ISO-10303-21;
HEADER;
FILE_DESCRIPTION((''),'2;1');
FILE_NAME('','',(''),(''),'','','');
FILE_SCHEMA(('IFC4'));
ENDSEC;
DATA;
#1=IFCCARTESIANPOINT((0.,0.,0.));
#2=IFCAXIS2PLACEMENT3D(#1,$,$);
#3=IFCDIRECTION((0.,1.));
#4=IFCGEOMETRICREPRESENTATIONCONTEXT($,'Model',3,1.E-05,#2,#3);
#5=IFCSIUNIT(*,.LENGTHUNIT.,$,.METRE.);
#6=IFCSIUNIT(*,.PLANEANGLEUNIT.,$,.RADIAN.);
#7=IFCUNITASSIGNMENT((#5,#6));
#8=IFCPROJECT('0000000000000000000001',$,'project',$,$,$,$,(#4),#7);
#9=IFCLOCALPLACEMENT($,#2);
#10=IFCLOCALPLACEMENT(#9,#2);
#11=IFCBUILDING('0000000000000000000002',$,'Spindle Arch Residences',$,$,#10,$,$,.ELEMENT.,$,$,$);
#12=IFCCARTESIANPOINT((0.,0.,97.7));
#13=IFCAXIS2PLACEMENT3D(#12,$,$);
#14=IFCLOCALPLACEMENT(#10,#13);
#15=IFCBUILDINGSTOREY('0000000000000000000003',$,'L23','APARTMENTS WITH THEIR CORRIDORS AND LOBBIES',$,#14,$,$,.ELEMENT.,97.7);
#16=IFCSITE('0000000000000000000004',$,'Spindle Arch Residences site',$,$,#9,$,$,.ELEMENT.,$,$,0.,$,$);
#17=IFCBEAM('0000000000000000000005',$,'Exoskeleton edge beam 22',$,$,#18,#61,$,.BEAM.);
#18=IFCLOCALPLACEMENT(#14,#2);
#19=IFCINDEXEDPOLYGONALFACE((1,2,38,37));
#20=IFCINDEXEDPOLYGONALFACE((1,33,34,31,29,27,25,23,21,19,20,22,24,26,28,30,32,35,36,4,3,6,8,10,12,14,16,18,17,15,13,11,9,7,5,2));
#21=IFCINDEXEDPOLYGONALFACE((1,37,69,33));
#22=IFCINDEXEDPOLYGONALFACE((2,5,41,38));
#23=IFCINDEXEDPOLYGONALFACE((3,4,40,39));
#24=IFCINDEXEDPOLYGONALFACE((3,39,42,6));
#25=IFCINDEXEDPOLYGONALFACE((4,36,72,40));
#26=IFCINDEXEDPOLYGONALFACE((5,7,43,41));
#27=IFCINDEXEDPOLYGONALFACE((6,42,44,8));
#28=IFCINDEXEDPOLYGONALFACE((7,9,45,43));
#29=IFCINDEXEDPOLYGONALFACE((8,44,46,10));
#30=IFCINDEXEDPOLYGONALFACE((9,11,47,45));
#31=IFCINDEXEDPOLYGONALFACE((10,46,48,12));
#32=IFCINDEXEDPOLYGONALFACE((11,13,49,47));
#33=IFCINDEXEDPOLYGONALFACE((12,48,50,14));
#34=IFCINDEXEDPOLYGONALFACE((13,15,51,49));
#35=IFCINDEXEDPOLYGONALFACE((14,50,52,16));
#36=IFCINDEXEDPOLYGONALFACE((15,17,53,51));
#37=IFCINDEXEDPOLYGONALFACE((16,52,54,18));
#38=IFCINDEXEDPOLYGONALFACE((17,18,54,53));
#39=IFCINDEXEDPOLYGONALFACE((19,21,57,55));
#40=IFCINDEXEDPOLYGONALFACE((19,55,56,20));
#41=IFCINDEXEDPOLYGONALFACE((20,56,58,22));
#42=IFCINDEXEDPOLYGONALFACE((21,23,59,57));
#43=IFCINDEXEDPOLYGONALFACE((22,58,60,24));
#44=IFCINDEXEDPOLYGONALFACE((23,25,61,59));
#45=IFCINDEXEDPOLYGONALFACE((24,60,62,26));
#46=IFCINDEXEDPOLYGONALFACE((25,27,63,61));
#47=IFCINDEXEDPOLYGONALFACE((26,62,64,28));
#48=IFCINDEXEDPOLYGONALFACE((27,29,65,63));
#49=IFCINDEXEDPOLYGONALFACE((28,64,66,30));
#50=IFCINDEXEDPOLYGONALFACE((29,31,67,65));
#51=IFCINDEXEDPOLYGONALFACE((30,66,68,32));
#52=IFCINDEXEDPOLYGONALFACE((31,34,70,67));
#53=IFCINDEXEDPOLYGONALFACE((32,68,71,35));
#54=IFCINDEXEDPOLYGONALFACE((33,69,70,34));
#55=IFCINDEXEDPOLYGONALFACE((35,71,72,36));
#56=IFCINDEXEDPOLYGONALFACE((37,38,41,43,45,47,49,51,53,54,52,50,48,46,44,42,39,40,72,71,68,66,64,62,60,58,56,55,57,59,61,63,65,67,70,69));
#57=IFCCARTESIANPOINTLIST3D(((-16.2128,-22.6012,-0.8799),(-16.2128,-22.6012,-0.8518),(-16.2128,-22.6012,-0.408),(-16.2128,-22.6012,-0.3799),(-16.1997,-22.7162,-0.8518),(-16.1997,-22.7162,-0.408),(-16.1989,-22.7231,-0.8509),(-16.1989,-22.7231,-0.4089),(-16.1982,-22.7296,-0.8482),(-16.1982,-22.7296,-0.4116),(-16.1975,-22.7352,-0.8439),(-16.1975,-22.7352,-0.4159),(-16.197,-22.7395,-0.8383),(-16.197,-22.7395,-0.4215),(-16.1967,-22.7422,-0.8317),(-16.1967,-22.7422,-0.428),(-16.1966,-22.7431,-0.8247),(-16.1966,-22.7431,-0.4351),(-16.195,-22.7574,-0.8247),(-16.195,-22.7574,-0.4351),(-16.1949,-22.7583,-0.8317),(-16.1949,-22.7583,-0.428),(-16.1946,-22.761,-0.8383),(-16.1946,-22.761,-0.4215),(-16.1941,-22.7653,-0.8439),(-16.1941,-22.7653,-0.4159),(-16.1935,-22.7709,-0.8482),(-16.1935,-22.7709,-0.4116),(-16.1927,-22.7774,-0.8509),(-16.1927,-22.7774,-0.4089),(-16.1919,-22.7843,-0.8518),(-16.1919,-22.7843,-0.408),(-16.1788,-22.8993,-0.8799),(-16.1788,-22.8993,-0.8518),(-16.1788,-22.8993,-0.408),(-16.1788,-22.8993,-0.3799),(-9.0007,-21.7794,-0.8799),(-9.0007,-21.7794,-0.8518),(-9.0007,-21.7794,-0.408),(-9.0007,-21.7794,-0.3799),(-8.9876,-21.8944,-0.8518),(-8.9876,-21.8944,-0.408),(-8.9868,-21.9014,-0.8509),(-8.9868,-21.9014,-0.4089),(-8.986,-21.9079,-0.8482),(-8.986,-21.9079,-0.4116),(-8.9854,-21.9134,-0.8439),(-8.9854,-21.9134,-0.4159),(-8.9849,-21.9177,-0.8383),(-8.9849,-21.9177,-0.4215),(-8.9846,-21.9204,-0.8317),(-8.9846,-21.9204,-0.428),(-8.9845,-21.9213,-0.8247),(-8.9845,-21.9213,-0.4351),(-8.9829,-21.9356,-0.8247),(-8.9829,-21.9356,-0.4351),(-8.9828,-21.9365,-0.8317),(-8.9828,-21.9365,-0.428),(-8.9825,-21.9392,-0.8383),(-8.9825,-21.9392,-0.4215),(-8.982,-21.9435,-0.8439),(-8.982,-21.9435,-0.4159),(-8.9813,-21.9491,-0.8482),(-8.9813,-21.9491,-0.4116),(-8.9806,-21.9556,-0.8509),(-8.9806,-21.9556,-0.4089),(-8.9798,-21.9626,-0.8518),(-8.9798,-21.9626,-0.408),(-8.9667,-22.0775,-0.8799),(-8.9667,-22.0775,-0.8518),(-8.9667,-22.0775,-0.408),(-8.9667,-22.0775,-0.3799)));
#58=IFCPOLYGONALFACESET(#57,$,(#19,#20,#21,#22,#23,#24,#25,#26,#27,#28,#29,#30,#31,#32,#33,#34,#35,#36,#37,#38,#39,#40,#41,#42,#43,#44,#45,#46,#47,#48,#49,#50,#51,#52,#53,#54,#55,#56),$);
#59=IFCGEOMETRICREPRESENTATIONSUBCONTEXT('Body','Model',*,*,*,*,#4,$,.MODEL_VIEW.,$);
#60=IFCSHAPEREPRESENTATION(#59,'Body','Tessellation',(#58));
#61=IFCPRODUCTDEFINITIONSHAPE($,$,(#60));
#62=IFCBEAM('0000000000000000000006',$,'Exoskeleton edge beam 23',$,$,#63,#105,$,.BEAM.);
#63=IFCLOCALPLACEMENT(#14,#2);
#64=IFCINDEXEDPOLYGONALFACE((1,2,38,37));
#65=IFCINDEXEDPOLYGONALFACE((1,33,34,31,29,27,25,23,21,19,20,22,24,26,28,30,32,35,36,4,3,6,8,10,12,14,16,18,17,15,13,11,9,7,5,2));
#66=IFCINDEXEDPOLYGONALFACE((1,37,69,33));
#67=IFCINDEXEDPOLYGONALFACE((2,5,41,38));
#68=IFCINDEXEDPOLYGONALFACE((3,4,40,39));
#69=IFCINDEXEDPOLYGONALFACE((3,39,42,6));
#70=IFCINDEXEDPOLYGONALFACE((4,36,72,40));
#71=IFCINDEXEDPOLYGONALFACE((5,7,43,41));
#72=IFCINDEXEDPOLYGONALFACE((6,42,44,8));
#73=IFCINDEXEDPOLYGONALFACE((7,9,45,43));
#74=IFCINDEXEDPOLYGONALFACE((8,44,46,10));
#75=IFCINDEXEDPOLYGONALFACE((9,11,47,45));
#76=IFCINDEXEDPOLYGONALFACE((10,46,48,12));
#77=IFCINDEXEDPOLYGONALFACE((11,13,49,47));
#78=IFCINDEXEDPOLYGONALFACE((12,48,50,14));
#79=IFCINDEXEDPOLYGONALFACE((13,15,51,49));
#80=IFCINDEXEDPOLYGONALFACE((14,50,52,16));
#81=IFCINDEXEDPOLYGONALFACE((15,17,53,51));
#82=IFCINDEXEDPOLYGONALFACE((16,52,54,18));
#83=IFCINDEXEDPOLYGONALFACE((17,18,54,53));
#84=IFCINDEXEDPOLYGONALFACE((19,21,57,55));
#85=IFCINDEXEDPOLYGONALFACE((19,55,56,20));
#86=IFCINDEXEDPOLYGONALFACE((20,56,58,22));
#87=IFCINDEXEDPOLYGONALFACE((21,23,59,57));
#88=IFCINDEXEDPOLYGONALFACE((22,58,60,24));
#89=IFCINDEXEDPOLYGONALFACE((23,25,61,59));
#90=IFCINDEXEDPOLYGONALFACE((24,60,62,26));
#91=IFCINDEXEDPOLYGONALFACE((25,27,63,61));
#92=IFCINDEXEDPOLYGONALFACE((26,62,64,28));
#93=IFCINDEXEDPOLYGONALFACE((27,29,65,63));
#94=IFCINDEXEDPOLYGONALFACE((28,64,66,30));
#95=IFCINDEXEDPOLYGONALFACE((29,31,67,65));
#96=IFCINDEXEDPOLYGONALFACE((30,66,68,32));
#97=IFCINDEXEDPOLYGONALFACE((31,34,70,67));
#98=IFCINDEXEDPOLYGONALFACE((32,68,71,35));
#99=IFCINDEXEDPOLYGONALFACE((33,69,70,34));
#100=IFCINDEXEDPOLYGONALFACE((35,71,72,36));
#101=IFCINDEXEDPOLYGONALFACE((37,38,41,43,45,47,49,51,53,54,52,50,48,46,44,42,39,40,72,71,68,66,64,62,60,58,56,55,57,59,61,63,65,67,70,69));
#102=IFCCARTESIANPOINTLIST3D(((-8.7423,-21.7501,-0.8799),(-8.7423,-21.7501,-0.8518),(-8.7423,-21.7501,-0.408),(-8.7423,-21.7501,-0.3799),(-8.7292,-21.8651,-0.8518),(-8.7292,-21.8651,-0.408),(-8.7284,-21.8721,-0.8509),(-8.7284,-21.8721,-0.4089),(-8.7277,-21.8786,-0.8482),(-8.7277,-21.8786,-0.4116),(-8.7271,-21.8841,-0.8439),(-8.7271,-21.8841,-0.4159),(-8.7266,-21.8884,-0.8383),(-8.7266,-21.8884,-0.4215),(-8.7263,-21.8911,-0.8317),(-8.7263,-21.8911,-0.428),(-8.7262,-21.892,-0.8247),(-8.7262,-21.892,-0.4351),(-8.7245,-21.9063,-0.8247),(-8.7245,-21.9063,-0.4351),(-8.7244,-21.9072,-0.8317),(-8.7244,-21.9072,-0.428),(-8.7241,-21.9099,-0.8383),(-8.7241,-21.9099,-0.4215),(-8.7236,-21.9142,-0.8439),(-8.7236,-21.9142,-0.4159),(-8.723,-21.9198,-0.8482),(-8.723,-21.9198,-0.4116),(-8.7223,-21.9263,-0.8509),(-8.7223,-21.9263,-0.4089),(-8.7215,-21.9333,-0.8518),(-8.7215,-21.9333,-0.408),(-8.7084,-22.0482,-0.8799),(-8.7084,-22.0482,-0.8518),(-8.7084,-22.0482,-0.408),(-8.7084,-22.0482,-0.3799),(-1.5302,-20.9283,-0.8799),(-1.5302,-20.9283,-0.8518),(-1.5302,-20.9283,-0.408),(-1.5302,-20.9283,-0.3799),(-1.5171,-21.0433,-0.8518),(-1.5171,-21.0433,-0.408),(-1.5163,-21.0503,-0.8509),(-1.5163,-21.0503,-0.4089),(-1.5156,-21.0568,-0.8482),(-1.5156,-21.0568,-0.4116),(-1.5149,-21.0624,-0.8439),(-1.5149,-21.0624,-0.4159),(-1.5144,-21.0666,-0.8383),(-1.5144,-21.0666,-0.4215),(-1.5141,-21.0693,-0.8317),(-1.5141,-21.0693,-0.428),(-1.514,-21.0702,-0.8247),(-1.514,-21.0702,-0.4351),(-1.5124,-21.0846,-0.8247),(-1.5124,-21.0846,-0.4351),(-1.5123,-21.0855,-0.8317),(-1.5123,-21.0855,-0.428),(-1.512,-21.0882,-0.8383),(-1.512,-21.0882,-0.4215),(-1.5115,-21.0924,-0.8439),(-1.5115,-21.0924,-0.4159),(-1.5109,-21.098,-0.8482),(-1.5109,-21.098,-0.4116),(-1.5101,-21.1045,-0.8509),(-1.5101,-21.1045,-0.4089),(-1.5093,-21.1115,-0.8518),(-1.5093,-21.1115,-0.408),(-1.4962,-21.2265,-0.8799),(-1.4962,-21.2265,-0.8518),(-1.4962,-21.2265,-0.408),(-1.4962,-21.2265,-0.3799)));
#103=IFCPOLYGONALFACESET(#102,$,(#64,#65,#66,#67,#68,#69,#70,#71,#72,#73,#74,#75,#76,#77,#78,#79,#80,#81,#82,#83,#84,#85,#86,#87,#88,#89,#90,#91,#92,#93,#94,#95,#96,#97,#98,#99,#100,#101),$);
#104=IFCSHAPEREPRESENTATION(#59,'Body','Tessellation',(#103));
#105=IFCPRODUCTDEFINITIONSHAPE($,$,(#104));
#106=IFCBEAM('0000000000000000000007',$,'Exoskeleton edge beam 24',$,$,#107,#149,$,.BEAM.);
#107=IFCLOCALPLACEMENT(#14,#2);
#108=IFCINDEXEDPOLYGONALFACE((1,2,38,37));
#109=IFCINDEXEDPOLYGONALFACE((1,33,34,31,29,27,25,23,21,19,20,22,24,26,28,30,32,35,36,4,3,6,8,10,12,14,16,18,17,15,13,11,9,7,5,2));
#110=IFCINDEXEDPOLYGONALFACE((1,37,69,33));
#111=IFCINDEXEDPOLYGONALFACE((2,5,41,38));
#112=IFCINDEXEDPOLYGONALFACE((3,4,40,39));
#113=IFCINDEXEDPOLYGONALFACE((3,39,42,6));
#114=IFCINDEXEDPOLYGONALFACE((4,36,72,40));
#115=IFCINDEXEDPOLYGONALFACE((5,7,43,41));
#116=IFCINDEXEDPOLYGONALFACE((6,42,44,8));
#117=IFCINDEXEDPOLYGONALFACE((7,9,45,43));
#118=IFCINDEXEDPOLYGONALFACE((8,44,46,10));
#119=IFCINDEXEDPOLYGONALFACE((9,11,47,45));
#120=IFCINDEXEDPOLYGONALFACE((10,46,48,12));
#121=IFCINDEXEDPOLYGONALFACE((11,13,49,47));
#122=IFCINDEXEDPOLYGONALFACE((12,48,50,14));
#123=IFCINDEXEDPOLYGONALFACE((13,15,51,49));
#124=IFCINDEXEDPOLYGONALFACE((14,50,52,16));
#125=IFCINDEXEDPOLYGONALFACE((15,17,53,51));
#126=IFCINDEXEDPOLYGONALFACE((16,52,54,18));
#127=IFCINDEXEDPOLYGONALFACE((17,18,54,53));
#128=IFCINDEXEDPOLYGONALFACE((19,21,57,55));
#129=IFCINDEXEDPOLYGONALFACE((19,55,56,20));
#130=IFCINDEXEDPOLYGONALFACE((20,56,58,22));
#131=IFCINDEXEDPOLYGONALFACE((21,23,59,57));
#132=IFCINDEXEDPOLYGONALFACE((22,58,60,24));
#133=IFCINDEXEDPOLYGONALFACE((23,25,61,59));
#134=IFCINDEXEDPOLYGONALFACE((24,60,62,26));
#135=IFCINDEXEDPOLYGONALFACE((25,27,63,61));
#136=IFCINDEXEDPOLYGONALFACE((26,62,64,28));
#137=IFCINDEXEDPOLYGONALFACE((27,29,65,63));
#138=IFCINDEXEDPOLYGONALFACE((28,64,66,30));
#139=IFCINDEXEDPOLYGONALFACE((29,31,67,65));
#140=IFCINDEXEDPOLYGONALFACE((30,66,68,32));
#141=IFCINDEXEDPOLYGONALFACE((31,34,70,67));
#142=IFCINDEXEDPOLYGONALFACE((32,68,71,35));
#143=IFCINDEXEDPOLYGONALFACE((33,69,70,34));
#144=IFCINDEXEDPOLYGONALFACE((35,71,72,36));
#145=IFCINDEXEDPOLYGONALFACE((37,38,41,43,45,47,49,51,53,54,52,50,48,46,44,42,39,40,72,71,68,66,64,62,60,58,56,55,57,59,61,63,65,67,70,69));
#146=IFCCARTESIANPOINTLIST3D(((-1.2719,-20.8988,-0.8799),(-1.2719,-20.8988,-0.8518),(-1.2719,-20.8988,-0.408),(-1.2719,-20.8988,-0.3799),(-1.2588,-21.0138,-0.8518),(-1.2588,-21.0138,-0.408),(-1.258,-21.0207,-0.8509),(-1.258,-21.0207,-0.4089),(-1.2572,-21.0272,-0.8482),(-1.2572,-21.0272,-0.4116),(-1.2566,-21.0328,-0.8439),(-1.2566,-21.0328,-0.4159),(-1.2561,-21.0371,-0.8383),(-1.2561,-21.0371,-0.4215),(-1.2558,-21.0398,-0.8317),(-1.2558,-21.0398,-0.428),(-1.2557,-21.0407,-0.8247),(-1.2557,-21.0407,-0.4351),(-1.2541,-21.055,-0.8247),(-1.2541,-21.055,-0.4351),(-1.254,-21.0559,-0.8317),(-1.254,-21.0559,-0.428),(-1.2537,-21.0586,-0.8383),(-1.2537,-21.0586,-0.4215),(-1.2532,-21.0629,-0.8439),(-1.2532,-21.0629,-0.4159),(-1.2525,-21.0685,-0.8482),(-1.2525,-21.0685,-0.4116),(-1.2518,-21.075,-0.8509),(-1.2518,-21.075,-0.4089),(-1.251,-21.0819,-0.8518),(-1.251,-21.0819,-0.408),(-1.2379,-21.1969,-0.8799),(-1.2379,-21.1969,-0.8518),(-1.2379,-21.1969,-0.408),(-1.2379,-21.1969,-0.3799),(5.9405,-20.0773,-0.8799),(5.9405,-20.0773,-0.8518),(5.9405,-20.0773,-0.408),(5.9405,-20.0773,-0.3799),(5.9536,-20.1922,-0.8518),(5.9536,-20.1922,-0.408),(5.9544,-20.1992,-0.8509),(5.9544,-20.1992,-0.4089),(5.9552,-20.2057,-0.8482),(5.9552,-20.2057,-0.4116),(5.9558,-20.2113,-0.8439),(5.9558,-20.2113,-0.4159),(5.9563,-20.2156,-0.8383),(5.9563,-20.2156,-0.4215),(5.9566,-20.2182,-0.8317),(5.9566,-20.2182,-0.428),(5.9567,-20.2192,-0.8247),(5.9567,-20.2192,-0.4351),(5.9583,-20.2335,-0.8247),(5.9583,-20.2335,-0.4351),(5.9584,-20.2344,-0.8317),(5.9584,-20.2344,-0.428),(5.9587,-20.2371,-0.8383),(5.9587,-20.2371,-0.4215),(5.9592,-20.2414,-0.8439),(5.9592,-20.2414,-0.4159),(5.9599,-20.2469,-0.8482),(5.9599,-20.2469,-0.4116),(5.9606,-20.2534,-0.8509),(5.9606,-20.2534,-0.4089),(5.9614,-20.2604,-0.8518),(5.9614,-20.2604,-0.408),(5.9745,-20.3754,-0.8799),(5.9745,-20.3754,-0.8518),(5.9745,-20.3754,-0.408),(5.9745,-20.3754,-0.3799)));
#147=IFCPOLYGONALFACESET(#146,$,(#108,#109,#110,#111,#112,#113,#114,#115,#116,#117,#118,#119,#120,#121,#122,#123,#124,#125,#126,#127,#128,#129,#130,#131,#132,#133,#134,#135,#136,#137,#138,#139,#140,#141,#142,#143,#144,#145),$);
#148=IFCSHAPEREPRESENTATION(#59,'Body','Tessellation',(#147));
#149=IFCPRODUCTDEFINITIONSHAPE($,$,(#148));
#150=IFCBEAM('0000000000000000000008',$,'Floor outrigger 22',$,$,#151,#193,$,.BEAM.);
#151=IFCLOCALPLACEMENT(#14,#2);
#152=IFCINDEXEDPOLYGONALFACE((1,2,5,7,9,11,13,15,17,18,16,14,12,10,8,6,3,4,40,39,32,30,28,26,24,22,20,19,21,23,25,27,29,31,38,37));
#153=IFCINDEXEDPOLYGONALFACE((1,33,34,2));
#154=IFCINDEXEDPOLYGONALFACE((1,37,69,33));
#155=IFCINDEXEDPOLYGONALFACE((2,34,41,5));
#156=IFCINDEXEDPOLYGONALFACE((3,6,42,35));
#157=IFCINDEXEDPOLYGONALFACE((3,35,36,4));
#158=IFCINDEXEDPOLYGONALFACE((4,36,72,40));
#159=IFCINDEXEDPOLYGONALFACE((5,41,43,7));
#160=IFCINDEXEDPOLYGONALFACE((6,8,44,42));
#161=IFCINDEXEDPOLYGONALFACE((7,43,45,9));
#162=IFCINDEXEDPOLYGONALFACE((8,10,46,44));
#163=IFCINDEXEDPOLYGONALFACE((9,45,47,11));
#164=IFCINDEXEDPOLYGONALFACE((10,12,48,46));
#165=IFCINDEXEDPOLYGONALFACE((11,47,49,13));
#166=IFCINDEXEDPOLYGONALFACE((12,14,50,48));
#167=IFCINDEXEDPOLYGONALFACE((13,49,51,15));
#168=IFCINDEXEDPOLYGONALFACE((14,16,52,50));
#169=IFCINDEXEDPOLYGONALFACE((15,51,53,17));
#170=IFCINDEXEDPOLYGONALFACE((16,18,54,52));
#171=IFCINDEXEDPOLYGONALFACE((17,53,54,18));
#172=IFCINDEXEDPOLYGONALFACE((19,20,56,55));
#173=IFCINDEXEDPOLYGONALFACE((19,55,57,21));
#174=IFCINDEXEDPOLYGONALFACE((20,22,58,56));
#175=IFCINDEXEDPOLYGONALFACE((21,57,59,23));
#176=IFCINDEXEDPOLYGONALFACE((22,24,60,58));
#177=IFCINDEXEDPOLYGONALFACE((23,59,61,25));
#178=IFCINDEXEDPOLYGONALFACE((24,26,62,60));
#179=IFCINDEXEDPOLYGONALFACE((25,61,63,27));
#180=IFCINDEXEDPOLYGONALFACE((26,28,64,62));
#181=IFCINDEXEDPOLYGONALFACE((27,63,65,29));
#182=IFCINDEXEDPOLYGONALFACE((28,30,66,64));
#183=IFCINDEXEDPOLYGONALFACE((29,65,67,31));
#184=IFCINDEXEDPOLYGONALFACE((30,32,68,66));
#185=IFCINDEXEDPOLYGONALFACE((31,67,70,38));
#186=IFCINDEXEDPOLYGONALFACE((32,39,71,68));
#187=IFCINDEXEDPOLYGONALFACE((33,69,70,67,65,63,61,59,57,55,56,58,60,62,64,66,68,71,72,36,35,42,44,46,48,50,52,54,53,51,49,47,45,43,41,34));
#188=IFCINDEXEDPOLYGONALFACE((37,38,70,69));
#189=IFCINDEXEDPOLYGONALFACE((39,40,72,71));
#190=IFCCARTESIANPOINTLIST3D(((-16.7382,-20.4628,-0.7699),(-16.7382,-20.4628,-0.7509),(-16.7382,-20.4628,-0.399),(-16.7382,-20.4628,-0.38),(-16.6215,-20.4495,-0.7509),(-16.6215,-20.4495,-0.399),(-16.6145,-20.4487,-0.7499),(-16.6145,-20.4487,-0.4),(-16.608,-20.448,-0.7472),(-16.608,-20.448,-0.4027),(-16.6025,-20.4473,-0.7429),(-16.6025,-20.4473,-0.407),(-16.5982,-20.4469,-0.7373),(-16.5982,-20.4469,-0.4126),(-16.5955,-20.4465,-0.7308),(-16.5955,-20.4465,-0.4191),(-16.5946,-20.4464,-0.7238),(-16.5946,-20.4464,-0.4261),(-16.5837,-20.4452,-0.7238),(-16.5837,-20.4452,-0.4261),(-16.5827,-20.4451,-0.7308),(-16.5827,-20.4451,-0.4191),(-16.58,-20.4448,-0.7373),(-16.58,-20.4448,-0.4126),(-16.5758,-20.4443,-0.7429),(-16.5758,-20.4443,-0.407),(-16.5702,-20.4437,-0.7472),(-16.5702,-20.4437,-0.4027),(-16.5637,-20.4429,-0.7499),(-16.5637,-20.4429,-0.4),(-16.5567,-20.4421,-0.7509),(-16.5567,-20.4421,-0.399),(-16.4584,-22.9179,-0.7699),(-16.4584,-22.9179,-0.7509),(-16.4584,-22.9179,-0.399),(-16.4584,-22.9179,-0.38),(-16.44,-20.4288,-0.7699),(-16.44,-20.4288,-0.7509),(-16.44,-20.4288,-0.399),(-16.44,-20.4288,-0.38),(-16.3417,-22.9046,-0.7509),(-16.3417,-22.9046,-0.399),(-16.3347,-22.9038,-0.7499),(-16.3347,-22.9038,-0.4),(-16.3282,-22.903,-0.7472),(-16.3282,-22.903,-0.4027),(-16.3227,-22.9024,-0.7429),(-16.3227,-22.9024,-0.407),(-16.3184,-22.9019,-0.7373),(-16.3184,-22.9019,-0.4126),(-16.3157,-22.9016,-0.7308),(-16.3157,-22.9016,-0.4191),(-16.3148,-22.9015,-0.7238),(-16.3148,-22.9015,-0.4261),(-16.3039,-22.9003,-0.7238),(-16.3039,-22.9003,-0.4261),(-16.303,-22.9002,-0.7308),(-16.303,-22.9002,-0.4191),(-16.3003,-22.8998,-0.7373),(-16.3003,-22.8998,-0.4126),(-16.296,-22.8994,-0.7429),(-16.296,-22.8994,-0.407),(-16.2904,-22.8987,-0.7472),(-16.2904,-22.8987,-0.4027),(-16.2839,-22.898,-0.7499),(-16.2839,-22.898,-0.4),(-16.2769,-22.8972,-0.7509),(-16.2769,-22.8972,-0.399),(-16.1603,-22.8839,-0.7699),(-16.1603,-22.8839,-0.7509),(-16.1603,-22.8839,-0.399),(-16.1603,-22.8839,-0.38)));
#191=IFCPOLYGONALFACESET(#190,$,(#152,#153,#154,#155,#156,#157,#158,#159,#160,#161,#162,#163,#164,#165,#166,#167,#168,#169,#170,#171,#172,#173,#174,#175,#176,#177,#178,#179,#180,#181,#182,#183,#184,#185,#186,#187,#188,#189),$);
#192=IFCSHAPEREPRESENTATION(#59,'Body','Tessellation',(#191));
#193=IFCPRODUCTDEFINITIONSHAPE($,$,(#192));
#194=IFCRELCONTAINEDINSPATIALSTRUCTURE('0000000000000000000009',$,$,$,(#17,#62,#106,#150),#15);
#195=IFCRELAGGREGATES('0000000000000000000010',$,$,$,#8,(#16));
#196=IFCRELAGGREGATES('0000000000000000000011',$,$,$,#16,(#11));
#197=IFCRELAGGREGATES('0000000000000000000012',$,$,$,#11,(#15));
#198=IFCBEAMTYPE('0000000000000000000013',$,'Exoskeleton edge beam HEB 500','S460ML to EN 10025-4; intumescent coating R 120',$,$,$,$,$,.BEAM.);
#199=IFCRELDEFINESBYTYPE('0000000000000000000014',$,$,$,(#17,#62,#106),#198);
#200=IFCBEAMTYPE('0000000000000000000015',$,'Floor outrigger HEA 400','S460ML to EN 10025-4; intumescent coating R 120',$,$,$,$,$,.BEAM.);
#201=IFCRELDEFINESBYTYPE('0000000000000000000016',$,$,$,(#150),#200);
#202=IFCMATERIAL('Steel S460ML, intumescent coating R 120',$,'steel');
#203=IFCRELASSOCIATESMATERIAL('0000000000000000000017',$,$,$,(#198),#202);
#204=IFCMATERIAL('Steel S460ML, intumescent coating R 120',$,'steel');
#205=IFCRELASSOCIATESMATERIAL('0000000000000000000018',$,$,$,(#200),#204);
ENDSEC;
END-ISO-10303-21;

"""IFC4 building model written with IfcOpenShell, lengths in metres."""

from ifc_helpers import new_model, si_unit, direction, frame, origin, origin_2d, place, context, subcontext, project, spatial, i_section, extrude, material, material_profile, profile_set, type_object, element, save


model = new_model("IFC4")

# Units and contexts
model_context = context("Model", 3, precision=1e-05, world=origin(), true_north=direction((0.0, 1.0)))
body_context = subcontext(model_context, "Body", "Model", "MODEL_VIEW")
ifc_project = project(units=[si_unit("LENGTHUNIT", "METRE"), si_unit("PLANEANGLEUNIT", "RADIAN")], contexts=[model_context])

# Site, building, storey
site_placement = place(None, origin())
site = spatial("IfcSite", under=ifc_project, at=site_placement, Name="Spindle Arch Residences site", CompositionType="ELEMENT", RefElevation=0.0)
building_placement = place(site_placement, origin())
building = spatial("IfcBuilding", under=site, at=building_placement, Name="Spindle Arch Residences", CompositionType="ELEMENT")
storey_placement = place(building_placement, frame((0.0, 0.0, 97.7)))
storey = spatial("IfcBuildingStorey", under=building, at=storey_placement, Name="L23", Description="APARTMENTS WITH THEIR CORRIDORS AND LOBBIES", CompositionType="ELEMENT", Elevation=97.7)

# Beams
ifc_material_1 = material(Name="Steel S460ML, intumescent coating R 120", Category="steel")
ifc_material_profile_1 = material_profile(ifc_material_1, i_section(OverallWidth=0.3, OverallDepth=0.5, WebThickness=0.0144, FlangeThickness=0.0281, FilletRadius=0.0271, at=origin_2d()), Name="HEB 500")
ifc_profile_set_1 = profile_set([ifc_material_profile_1], Name="Steel S460ML, intumescent coating R 120")
beam_type_1 = type_object("IfcBeamType", Name="Exoskeleton edge beam HEB 500", Description="S460ML to EN 10025-4; intumescent coating R 120", PredefinedType="BEAM", material=ifc_profile_set_1)
for number, where, z_axis, x_axis, name in (
    (1, (-16.1958, -22.7502, -0.6299), (0.993571, 0.113211, 0.0), (-0.113211, 0.993571, 0.0), "Exoskeleton edge beam 22"),
    (2, (-8.7253, -21.8992, -0.6299), (0.993571, 0.113211, 0.0), (-0.113211, 0.993571, 0.0), "Exoskeleton edge beam 23"),
):
    element("IfcBeam", number, at=place(storey_placement, frame(where, z_axis=z_axis, x_axis=x_axis)), inside=storey, type_object=beam_type_1, Name=name, PredefinedType="BEAM", context=body_context, shape_type="SweptSolid", body=[
        extrude(i_section(OverallWidth=0.3, OverallDepth=0.5, WebThickness=0.0144, FlangeThickness=0.0281, FilletRadius=0.0271, at=origin_2d()), origin(), (0.0, 0.0, 1.0), 7.2588),
    ])
beam_1_placement = place(storey_placement, frame((-1.2549, -21.0479, -0.6299), z_axis=(0.993575, 0.113174, 0.0), x_axis=(-0.113174, 0.993575, 0.0)))
element("IfcBeam", 3, at=beam_1_placement, inside=storey, type_object=beam_type_1, Name="Exoskeleton edge beam 24", PredefinedType="BEAM", context=body_context, shape_type="SweptSolid", body=[
    extrude(i_section(OverallWidth=0.3, OverallDepth=0.5, WebThickness=0.0144, FlangeThickness=0.0281, FilletRadius=0.0271, at=origin_2d()), origin(), (0.0, 0.0, 1.0), 7.259),
])
ifc_material_2 = material(Name="Steel S460ML, intumescent coating R 120", Category="steel")
ifc_material_profile_2 = material_profile(ifc_material_2, i_section(OverallWidth=0.3, OverallDepth=0.3899, WebThickness=0.011, FlangeThickness=0.019, FilletRadius=0.0271, at=origin_2d()), Name="HEA 400")
ifc_profile_set_2 = profile_set([ifc_material_profile_2], Name="Steel S460ML, intumescent coating R 120")
beam_type_2 = type_object("IfcBeamType", Name="Floor outrigger HEA 400", Description="S460ML to EN 10025-4; intumescent coating R 120", PredefinedType="BEAM", material=ifc_profile_set_2)
beam_2_placement = place(storey_placement, frame((-16.3093, -22.9009, -0.575), z_axis=(-0.113229, 0.993569, 0.0), x_axis=(-0.993569, -0.113229, 0.0)))
element("IfcBeam", 4, at=beam_2_placement, inside=storey, type_object=beam_type_2, Name="Floor outrigger 22", PredefinedType="BEAM", context=body_context, shape_type="SweptSolid", body=[
    extrude(i_section(OverallWidth=0.3, OverallDepth=0.3899, WebThickness=0.011, FlangeThickness=0.019, FilletRadius=0.0271, at=origin_2d()), origin(), (0.0, 0.0, 1.0), 2.4709),
])

save(model, "model.ifc")
